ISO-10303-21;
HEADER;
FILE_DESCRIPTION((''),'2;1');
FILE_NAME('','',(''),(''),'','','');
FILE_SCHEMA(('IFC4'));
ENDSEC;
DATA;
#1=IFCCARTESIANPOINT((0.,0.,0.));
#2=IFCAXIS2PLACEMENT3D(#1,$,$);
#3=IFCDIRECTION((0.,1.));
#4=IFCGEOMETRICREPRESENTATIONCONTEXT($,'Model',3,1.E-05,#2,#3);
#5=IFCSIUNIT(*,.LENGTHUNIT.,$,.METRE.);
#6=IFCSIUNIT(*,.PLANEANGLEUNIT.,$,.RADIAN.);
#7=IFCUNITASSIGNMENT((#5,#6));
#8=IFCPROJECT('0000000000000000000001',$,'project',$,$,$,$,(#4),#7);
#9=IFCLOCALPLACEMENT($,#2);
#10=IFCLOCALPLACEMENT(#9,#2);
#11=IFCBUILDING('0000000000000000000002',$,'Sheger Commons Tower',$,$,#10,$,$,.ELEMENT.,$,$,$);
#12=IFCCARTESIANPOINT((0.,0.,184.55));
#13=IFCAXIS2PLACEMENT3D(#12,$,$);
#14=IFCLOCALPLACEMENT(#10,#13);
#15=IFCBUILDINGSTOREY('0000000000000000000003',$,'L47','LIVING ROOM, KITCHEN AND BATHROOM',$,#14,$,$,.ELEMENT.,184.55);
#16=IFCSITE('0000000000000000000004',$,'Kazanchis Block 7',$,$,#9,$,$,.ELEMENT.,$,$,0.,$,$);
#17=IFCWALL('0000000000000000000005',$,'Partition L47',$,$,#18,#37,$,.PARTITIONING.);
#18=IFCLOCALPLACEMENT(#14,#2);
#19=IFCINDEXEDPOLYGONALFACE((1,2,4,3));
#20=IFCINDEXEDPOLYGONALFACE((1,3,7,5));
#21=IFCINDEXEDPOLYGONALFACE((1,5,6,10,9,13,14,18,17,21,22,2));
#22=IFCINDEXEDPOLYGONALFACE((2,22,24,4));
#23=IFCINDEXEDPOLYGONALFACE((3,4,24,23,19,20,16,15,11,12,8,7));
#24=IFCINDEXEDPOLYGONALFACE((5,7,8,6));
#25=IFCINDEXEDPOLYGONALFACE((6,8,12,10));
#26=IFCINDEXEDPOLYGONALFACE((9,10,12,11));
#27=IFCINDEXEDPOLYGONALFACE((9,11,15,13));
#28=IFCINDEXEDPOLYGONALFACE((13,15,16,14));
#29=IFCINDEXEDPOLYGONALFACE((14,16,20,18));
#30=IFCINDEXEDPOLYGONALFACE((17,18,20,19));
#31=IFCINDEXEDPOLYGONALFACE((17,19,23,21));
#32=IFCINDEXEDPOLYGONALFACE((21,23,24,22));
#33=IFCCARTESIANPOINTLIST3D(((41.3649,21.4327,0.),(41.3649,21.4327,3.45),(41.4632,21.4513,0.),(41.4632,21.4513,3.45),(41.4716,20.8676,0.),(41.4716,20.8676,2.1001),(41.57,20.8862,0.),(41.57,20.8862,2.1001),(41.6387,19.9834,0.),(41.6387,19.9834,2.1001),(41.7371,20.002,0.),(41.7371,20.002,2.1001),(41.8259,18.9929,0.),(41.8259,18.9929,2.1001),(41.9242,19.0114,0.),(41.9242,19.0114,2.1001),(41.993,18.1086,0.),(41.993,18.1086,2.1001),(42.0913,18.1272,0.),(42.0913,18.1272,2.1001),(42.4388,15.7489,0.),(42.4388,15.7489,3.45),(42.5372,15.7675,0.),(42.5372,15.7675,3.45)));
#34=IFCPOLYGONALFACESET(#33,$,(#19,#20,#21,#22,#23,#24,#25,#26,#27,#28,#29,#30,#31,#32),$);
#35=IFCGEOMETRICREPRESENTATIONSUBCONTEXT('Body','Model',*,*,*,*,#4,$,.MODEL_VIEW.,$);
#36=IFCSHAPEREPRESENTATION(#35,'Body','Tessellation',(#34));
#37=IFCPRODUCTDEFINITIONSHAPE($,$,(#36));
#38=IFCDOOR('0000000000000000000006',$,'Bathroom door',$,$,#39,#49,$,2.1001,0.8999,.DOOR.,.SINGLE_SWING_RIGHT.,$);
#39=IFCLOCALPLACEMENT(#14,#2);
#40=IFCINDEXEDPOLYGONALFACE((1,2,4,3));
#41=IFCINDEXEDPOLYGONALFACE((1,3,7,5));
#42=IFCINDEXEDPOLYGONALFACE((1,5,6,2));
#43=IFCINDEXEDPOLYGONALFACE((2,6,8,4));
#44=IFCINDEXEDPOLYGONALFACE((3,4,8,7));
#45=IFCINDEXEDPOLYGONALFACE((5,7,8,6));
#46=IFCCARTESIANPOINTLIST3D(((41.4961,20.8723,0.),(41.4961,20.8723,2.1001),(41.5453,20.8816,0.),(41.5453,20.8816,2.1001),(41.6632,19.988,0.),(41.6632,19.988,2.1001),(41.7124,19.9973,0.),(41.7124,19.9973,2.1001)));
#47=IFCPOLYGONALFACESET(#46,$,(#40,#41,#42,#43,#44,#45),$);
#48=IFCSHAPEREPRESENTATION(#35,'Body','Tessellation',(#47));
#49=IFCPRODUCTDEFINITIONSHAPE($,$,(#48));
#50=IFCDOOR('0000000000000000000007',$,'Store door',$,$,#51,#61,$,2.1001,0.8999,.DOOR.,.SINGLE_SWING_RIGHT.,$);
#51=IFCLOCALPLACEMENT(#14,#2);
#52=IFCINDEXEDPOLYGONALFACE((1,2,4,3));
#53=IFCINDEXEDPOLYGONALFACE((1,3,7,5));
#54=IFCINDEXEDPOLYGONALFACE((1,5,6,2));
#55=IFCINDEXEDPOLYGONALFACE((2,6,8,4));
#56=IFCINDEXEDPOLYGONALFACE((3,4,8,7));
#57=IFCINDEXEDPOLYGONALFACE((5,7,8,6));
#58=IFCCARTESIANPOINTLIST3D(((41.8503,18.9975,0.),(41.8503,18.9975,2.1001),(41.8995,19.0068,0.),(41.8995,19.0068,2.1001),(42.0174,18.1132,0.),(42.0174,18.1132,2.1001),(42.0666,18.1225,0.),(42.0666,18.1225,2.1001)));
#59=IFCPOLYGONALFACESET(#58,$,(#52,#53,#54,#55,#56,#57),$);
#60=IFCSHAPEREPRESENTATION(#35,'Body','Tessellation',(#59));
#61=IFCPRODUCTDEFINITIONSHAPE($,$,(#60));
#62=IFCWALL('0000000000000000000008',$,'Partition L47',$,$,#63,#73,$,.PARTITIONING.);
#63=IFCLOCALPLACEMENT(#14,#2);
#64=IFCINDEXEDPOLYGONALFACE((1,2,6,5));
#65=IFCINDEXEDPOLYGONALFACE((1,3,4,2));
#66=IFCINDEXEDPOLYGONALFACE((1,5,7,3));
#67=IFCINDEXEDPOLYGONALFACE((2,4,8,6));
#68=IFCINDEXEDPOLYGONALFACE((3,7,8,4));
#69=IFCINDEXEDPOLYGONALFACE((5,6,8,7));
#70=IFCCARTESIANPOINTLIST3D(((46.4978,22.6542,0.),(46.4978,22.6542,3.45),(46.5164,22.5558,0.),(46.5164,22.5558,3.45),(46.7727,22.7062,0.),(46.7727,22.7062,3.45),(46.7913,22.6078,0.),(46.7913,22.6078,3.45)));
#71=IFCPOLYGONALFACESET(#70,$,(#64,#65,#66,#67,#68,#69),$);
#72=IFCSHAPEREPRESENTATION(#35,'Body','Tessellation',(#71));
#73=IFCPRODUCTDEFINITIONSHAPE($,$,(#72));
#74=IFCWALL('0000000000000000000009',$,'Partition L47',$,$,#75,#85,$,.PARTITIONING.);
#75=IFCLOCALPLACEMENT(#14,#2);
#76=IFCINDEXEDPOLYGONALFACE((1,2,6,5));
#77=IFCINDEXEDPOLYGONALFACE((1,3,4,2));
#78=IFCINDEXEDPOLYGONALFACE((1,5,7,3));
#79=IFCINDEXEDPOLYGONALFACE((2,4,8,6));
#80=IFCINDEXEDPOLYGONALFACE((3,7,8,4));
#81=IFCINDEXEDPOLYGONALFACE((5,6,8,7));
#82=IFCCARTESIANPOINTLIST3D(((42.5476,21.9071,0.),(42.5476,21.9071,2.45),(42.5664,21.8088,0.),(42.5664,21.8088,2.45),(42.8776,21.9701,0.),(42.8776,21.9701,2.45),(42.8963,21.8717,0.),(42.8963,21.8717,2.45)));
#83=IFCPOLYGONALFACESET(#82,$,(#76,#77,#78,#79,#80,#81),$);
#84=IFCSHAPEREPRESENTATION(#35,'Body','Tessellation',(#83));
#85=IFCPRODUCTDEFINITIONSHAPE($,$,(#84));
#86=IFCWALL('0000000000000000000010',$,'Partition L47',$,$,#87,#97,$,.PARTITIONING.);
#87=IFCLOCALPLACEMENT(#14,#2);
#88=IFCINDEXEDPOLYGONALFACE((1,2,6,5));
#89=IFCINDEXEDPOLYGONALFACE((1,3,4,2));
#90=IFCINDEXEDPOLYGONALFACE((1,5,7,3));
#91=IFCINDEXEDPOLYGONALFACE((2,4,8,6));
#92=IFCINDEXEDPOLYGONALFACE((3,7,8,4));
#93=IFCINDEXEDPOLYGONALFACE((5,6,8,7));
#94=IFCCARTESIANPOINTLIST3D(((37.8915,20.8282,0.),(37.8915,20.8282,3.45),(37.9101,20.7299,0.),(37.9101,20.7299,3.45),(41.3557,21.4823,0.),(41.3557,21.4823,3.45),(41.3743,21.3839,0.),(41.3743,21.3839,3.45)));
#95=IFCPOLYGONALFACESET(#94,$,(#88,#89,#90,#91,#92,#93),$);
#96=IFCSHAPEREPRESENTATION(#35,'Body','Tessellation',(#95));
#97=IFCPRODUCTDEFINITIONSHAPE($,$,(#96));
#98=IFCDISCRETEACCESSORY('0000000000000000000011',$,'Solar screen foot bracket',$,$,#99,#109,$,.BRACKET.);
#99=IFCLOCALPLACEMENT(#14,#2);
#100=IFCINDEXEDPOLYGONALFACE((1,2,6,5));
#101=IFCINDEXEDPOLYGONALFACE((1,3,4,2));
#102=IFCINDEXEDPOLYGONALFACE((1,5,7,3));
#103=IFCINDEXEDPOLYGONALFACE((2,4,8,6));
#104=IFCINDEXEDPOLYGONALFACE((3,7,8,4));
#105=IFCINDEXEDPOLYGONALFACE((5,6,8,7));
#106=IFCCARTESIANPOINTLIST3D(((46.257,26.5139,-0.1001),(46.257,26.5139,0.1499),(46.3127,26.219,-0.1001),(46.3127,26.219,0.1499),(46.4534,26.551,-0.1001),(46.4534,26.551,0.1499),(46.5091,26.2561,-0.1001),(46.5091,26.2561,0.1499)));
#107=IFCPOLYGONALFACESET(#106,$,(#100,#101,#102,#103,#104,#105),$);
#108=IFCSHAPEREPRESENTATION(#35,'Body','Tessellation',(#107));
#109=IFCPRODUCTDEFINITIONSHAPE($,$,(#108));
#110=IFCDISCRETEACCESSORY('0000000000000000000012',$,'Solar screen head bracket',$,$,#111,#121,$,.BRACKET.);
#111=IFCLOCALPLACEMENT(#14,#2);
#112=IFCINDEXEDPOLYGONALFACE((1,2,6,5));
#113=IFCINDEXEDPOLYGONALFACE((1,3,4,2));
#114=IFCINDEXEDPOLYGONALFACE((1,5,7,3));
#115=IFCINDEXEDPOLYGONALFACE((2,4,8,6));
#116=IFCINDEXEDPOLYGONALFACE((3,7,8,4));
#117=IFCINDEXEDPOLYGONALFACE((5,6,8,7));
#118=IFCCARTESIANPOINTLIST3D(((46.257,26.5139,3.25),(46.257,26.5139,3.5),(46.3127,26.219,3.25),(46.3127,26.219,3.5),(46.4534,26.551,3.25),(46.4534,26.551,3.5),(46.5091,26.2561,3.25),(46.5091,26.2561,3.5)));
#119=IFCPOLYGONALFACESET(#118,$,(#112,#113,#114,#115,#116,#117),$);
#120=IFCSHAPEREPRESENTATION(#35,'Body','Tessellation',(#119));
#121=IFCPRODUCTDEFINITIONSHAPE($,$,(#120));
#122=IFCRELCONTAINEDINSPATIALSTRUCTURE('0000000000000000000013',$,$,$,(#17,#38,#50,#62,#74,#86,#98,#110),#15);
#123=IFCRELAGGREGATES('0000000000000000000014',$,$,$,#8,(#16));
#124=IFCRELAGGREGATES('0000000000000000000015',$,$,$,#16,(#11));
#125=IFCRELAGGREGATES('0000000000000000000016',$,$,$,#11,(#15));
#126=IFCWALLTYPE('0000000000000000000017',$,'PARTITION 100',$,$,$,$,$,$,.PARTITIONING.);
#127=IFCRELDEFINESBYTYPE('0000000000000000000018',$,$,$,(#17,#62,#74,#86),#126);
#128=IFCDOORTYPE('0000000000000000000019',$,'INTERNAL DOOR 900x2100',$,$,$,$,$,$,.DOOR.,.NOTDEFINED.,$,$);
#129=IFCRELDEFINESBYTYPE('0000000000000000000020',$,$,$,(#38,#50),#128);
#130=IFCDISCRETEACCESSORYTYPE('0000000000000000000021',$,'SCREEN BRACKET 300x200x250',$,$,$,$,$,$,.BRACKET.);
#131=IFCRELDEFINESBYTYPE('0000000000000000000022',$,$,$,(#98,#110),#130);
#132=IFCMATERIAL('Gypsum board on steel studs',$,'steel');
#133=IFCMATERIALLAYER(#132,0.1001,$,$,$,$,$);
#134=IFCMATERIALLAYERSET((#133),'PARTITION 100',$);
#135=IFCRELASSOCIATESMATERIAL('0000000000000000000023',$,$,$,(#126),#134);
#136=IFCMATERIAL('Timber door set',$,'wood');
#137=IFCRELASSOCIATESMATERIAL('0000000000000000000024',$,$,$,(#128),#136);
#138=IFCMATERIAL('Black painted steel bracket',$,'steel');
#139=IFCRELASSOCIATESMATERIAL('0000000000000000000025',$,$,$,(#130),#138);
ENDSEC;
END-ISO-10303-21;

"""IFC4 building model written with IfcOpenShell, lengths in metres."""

from ifc_helpers import new_model, si_unit, direction, frame, frame_2d, origin, origin_2d, place, context, subcontext, project, spatial, rectangle, extrude, material, layer, layer_set, type_object, element, fill, save


model = new_model("IFC4")

# Units and contexts
model_context = context("Model", 3, precision=1e-05, world=origin(), true_north=direction((0.0, 1.0)))
body_context = subcontext(model_context, "Body", "Model", "MODEL_VIEW")
ifc_project = project(units=[si_unit("LENGTHUNIT", "METRE"), si_unit("PLANEANGLEUNIT", "RADIAN")], contexts=[model_context])

# Site, building, storey
site_placement = place(None, origin())
site = spatial("IfcSite", under=ifc_project, at=site_placement, Name="Kazanchis Block 7", CompositionType="ELEMENT", RefElevation=0.0)
building_placement = place(site_placement, origin())
building = spatial("IfcBuilding", under=site, at=building_placement, Name="Sheger Commons Tower", CompositionType="ELEMENT")
storey_placement = place(building_placement, frame((0.0, 0.0, 184.55)))
storey = spatial("IfcBuildingStorey", under=building, at=storey_placement, Name="L47", Description="LIVING ROOM, KITCHEN AND BATHROOM", CompositionType="ELEMENT", Elevation=184.55)

# Wall, openings, doors
ifc_material_1 = material(Name="Gypsum board on steel studs", Category="steel")
ifc_layer_1 = layer(ifc_material_1, 0.1001)
ifc_layer_set_1 = layer_set([ifc_layer_1], Name="PARTITION 100")
wall_type_1 = type_object("IfcWallType", Name="PARTITION 100", PredefinedType="PARTITIONING", material=ifc_layer_set_1)
ifc_material_2 = material(Name="Timber door set", Category="wood")
door_type = type_object("IfcDoorType", Name="INTERNAL DOOR 900x2100", OperationType="NOTDEFINED", PredefinedType="DOOR", material=ifc_material_2)
wall_1_placement = place(storey_placement, frame((41.4141, 21.4419, 0.0), z_axis=(0.0, 0.0, 1.0), x_axis=(0.185667, -0.982613, 0.0)))
wall_1 = element("IfcWall", 1, at=wall_1_placement, inside=storey, type_object=wall_type_1, Name="Partition L47", PredefinedType="PARTITIONING", context=body_context, shape_type="SweptSolid", body=[
    extrude(rectangle(XDim=5.7844, YDim=0.1001, at=frame_2d((2.8921, 0.0))), origin(), (0.0, 0.0, 1.0), 3.45),
])
opening_1_placement = place(wall_1_placement, frame((0.575, 0.0, 0.0)))
opening_1 = element("IfcOpeningElement", 2, at=opening_1_placement, cuts=wall_1, PredefinedType="OPENING", context=body_context, shape_type="SweptSolid", body=[
    extrude(rectangle(XDim=0.8999, YDim=2.1001, at=frame_2d((0.45, 1.05))), frame((0.0, 0.0601, 0.0), z_axis=(0.0, -1.0, 0.0), x_axis=(1.0, 0.0, 0.0)), (0.0, 0.0, 1.0), 0.1201),
])
opening_2_placement = place(wall_1_placement, frame((2.4829, 0.0, 0.0)))
opening_2 = element("IfcOpeningElement", 3, at=opening_2_placement, cuts=wall_1, PredefinedType="OPENING", context=body_context, shape_type="SweptSolid", body=[
    extrude(rectangle(XDim=0.8999, YDim=2.1001, at=frame_2d((0.45, 1.05))), frame((0.0, 0.0601, 0.0), z_axis=(0.0, -1.0, 0.0), x_axis=(1.0, 0.0, 0.0)), (0.0, 0.0, 1.0), 0.1201),
])
door_1_placement = place(opening_1_placement, origin())
door_1 = element("IfcDoor", 4, at=door_1_placement, inside=storey, type_object=door_type, Name="Bathroom door", OperationType="SINGLE_SWING_RIGHT", OverallHeight=2.1001, OverallWidth=0.8999, PredefinedType="DOOR", context=body_context, shape_type="SweptSolid", body=[
    extrude(rectangle(XDim=0.8999, YDim=2.1001, at=frame_2d((0.45, 1.05))), frame((0.0, 0.0249, 0.0), z_axis=(0.0, -1.0, 0.0), x_axis=(1.0, 0.0, 0.0)), (0.0, 0.0, 1.0), 0.05),
])
fill(opening_1, door_1)
door_2_placement = place(opening_2_placement, origin())
door_2 = element("IfcDoor", 5, at=door_2_placement, inside=storey, type_object=door_type, Name="Store door", OperationType="SINGLE_SWING_RIGHT", OverallHeight=2.1001, OverallWidth=0.8999, PredefinedType="DOOR", context=body_context, shape_type="SweptSolid", body=[
    extrude(rectangle(XDim=0.8999, YDim=2.1001, at=frame_2d((0.45, 1.05))), frame((0.0, 0.0249, 0.0), z_axis=(0.0, -1.0, 0.0), x_axis=(1.0, 0.0, 0.0)), (0.0, 0.0, 1.0), 0.05),
])
fill(opening_2, door_2)

# Walls
wall_2_placement = place(storey_placement, frame((46.782, 22.657, 0.0), z_axis=(0.0, 0.0, 1.0), x_axis=(-0.982575, -0.185869, 0.0)))
element("IfcWall", 6, at=wall_2_placement, inside=storey, type_object=wall_type_1, Name="Partition L47", PredefinedType="PARTITIONING", context=body_context, shape_type="SweptSolid", body=[
    extrude(rectangle(XDim=0.2798, YDim=0.1001, at=frame_2d((0.1399, 0.0))), origin(), (0.0, 0.0, 1.0), 3.45),
])
wall_3_placement = place(storey_placement, frame((42.887, 21.9209, 0.0), z_axis=(0.0, 0.0, 1.0), x_axis=(-0.982275, -0.187446, 0.0)))
element("IfcWall", 7, at=wall_3_placement, inside=storey, type_object=wall_type_1, Name="Partition L47", PredefinedType="PARTITIONING", context=body_context, shape_type="SweptSolid", body=[
    extrude(rectangle(XDim=0.3359, YDim=0.1001, at=frame_2d((0.168, 0.0))), origin(), (0.0, 0.0, 1.0), 2.45),
])
wall_4_placement = place(storey_placement, frame((41.365, 21.4331, 0.0), z_axis=(0.0, 0.0, 1.0), x_axis=(-0.982639, -0.18553, 0.0)))
element("IfcWall", 8, at=wall_4_placement, inside=storey, type_object=wall_type_1, Name="Partition L47", PredefinedType="PARTITIONING", context=body_context, shape_type="SweptSolid", body=[
    extrude(rectangle(XDim=3.5254, YDim=0.1001, at=frame_2d((1.7627, 0.0))), origin(), (0.0, 0.0, 1.0), 3.45),
])

# Discrete accessories
ifc_material_3 = material(Name="Black painted steel bracket", Category="steel")
discrete_accessory_type = type_object("IfcDiscreteAccessoryType", Name="SCREEN BRACKET 300x200x250", PredefinedType="BRACKET", material=ifc_material_3)
for number, where, z_axis, x_axis, name in (
    (9, (46.3831, 26.385, -0.1001), (0.0, 0.0, 1.0), (-0.185615, 0.982623, 0.0), "Solar screen foot bracket"),
    (10, (46.3831, 26.385, 3.25), (0.0, 0.0, 1.0), (-0.185615, 0.982623, 0.0), "Solar screen head bracket"),
):
    element("IfcDiscreteAccessory", number, at=place(storey_placement, frame(where, z_axis=z_axis, x_axis=x_axis)), inside=storey, type_object=discrete_accessory_type, Name=name, PredefinedType="BRACKET", context=body_context, shape_type="SweptSolid", body=[
        extrude(rectangle(XDim=0.3, YDim=0.2, at=origin_2d()), origin(), (0.0, 0.0, 1.0), 0.25),
    ])

save(model, "model.ifc")
